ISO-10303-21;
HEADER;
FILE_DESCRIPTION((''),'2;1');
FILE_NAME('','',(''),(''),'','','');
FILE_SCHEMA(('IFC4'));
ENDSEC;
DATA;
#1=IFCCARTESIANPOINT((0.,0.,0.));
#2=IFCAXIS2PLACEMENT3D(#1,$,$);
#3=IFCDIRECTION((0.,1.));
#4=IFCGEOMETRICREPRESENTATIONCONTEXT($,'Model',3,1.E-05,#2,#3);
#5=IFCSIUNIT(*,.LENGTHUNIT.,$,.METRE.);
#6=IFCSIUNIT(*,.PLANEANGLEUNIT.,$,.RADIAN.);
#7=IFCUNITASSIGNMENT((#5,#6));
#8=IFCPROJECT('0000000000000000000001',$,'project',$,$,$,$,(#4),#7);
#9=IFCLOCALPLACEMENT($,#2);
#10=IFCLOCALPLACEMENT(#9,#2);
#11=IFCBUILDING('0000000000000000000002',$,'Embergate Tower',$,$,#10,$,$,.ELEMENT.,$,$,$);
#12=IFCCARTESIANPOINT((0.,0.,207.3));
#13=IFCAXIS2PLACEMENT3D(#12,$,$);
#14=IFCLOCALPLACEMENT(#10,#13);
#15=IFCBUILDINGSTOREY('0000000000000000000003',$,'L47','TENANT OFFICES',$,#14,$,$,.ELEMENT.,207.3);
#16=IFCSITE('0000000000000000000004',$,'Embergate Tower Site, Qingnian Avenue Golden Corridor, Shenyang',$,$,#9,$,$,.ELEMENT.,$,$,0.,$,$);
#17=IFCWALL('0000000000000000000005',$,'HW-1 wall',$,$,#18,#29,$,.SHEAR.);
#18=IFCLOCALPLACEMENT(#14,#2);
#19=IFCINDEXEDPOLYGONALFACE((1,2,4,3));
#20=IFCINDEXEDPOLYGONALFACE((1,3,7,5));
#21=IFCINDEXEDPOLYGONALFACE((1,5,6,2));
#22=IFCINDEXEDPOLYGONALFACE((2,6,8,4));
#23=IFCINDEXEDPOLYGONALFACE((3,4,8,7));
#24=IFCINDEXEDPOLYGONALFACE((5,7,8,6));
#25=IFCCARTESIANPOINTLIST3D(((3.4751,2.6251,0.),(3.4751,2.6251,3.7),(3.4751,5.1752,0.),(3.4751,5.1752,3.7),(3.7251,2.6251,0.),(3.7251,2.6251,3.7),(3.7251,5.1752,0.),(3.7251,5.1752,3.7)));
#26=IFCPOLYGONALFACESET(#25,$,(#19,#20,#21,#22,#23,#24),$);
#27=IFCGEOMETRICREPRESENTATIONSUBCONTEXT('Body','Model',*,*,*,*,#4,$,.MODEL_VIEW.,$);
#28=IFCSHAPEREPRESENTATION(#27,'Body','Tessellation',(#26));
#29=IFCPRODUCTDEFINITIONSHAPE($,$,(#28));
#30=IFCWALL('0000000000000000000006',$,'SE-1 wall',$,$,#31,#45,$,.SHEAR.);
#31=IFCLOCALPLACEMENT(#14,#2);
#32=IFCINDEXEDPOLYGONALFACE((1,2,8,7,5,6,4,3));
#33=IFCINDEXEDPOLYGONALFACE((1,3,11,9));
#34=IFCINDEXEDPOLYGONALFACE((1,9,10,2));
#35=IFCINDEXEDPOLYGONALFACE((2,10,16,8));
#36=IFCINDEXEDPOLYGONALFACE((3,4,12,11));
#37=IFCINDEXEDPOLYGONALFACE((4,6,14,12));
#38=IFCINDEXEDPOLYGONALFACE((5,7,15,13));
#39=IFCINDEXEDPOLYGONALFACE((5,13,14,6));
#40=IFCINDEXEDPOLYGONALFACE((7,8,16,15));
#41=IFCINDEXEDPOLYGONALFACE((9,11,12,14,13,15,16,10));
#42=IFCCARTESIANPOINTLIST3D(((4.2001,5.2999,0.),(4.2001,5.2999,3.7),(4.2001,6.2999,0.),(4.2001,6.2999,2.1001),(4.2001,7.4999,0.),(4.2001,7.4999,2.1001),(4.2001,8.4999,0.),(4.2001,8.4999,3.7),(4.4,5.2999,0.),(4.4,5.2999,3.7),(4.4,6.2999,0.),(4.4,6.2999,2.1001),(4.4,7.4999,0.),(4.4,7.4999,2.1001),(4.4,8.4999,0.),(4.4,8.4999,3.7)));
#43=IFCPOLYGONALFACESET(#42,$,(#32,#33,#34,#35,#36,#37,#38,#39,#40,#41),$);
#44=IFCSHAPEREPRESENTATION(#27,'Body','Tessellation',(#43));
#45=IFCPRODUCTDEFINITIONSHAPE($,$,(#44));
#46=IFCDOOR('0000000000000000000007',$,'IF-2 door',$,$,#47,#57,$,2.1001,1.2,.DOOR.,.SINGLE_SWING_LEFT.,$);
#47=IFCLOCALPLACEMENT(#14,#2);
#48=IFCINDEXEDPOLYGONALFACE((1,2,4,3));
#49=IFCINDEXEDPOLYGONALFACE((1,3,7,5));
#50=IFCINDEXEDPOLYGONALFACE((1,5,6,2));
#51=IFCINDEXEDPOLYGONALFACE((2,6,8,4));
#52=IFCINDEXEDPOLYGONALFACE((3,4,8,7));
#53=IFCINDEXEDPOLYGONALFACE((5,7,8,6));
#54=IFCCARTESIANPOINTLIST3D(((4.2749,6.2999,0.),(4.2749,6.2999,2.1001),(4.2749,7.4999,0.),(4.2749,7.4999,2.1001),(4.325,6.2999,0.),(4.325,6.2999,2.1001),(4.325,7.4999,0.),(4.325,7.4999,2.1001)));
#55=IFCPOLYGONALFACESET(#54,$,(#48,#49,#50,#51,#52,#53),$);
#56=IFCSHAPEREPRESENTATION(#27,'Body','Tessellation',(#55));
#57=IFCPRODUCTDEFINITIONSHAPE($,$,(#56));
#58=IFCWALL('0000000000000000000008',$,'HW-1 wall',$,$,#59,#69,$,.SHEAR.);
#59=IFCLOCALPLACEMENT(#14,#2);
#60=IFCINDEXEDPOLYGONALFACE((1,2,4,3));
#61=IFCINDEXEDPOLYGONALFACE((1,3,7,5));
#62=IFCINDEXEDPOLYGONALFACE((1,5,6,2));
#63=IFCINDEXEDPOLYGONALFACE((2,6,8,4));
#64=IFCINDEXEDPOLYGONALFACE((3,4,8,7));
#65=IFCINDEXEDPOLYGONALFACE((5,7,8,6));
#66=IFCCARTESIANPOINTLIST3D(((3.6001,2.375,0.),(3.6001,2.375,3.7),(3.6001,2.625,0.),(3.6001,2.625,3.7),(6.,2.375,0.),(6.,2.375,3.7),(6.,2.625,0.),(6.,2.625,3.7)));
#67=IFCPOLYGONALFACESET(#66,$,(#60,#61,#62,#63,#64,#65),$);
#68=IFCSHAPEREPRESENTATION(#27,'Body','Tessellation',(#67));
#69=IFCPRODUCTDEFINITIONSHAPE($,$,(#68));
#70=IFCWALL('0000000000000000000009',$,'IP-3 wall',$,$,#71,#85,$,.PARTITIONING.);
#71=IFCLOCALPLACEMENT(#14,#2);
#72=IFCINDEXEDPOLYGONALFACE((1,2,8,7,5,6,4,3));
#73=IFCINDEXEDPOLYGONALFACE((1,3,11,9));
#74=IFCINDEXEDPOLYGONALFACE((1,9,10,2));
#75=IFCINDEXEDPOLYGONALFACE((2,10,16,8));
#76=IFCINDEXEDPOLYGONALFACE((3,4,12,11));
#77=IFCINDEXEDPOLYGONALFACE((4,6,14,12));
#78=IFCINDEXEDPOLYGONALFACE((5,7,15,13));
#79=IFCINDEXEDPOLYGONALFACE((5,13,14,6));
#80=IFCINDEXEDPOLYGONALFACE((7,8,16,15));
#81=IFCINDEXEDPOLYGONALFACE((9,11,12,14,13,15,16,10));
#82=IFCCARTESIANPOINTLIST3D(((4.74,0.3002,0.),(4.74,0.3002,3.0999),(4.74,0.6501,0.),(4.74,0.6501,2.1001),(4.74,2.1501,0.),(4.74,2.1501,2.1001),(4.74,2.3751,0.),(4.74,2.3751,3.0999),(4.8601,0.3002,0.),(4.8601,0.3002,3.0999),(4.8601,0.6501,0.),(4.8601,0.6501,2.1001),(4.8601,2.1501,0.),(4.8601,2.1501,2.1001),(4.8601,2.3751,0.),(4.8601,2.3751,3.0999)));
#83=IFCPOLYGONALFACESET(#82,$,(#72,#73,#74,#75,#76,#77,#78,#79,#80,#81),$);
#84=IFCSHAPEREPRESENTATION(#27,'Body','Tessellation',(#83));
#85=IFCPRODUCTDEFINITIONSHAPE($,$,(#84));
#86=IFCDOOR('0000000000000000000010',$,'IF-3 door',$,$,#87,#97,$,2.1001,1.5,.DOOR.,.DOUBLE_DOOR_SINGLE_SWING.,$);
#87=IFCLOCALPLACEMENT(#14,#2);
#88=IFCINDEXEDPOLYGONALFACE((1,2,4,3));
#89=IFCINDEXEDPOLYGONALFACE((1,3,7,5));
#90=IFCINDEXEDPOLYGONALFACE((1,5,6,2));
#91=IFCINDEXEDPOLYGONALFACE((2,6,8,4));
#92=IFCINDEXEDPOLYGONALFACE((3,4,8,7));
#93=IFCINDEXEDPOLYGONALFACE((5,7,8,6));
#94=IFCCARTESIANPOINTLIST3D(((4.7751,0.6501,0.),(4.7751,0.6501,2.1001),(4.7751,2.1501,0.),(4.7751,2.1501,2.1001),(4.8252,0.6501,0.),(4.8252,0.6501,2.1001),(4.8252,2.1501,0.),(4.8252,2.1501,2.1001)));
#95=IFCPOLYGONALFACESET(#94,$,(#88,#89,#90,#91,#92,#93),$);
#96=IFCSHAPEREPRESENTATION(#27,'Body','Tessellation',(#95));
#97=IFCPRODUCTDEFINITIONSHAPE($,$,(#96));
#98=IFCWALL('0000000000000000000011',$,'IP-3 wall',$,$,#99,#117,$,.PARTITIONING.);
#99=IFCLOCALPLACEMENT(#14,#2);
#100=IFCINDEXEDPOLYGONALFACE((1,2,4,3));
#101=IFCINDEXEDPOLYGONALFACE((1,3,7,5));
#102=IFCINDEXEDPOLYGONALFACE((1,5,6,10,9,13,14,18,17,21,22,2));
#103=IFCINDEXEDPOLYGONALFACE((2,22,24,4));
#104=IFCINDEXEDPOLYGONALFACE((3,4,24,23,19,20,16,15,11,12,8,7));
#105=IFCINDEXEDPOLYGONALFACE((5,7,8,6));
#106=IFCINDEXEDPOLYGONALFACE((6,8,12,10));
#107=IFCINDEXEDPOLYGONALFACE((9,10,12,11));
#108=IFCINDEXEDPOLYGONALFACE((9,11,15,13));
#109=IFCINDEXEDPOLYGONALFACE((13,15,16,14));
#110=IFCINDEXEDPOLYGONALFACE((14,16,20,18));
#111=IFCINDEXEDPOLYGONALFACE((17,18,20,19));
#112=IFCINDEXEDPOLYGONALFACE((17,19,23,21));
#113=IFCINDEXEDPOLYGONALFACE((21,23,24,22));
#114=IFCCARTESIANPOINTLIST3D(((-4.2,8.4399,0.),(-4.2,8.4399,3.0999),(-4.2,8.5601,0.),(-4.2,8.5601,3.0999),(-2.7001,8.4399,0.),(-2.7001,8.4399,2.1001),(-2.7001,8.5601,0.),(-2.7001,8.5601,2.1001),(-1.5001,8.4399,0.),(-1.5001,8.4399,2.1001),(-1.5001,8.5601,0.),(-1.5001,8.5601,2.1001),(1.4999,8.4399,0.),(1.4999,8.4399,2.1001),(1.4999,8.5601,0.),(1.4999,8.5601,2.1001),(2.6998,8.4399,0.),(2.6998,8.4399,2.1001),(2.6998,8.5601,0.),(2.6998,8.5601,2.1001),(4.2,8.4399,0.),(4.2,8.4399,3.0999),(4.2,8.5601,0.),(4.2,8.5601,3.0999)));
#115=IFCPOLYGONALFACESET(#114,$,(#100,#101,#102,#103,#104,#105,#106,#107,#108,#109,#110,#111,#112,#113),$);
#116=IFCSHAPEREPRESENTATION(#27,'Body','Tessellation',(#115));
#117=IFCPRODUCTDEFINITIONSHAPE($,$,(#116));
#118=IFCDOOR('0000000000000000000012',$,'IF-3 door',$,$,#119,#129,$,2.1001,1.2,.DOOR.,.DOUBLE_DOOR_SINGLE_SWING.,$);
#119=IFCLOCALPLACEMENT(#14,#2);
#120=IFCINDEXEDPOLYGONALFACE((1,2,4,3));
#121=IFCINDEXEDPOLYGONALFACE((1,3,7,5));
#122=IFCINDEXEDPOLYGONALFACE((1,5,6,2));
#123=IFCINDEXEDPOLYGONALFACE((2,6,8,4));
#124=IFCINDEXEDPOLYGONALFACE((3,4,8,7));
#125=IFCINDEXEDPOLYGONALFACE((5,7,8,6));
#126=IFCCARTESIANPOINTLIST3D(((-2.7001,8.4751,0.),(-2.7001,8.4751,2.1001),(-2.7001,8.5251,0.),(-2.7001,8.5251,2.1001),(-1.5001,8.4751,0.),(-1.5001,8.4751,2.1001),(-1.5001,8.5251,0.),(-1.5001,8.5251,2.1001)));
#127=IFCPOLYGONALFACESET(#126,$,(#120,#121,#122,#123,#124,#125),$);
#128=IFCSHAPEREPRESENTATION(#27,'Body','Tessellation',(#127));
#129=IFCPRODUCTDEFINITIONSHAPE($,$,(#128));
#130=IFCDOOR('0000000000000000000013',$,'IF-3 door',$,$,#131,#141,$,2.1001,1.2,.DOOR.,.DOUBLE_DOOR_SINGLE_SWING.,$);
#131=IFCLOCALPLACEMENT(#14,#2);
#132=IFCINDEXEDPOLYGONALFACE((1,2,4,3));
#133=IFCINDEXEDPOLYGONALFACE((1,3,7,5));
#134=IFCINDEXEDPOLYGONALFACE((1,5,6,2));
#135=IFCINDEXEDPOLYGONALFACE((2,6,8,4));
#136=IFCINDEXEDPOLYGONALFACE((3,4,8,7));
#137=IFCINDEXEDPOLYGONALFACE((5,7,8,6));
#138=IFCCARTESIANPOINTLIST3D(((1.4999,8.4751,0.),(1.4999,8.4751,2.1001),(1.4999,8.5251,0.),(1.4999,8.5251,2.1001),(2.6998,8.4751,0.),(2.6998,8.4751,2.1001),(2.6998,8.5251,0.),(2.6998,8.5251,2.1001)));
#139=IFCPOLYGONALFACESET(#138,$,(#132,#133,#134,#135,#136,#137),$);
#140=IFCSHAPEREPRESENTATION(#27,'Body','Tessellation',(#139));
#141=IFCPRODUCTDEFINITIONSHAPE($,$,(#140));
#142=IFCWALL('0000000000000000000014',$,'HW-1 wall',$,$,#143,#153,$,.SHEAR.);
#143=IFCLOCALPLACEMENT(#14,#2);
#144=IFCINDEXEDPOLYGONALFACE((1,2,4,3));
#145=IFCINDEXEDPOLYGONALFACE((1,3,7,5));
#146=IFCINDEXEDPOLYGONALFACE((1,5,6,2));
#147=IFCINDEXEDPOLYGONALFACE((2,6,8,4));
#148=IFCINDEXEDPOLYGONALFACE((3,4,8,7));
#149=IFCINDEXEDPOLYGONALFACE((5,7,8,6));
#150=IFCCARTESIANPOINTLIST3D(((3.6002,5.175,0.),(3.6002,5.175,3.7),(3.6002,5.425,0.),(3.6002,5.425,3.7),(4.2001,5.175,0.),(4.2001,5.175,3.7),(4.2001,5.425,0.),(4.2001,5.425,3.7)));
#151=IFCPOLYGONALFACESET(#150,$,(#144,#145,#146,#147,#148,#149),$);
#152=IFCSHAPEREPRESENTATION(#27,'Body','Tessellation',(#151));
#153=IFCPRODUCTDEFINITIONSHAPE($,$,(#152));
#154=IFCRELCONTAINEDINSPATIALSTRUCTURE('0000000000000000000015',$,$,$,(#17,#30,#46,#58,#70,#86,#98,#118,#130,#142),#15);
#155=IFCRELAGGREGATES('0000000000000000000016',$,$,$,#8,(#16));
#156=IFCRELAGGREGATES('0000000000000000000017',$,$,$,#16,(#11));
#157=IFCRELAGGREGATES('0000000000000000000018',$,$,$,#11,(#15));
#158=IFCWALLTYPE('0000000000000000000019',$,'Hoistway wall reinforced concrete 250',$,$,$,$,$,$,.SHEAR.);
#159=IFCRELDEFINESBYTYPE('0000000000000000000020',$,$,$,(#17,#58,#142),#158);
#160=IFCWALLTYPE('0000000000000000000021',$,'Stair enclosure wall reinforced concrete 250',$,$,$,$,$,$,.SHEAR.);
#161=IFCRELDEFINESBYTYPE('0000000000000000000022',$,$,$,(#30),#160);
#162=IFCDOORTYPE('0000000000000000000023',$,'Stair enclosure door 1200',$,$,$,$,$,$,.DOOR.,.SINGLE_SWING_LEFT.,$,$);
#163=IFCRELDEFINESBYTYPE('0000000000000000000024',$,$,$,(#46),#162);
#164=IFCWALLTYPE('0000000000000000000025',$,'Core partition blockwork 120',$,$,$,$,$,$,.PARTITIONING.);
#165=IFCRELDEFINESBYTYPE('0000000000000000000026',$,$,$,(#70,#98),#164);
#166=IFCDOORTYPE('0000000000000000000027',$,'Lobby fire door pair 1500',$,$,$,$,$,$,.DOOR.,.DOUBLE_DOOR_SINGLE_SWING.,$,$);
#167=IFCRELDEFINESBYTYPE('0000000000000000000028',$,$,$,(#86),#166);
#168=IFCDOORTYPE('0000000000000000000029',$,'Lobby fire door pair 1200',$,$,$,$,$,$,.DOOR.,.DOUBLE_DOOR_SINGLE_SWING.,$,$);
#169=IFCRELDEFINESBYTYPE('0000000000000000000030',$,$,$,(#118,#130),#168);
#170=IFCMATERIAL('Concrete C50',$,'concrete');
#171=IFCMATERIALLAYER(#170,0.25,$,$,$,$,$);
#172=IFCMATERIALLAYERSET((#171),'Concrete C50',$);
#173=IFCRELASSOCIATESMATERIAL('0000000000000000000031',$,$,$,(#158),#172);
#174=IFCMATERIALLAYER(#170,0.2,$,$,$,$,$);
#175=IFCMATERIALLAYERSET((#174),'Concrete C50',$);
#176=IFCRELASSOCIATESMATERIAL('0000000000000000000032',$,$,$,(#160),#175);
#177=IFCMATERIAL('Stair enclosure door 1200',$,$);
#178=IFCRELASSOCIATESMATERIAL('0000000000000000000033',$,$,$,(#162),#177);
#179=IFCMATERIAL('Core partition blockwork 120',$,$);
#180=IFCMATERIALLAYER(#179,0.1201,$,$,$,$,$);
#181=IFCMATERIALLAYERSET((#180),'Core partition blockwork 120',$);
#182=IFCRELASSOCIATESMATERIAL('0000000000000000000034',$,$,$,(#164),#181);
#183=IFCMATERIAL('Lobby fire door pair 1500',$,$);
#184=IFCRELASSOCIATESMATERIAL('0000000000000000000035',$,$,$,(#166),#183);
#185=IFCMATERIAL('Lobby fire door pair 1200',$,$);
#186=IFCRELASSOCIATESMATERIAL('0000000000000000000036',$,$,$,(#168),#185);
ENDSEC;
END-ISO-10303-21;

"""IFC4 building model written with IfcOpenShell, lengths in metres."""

from ifc_helpers import new_model, si_unit, direction, frame, frame_2d, origin, place, context, subcontext, project, spatial, rectangle, extrude, source, transform, mapped, material, layer, layer_set, type_object, element, fill, save


model = new_model("IFC4")

# Units and contexts
model_context = context("Model", 3, precision=1e-05, world=origin(), true_north=direction((0.0, 1.0)))
body_context = subcontext(model_context, "Body", "Model", "MODEL_VIEW")
ifc_project = project(units=[si_unit("LENGTHUNIT", "METRE"), si_unit("PLANEANGLEUNIT", "RADIAN")], contexts=[model_context])

# Site, building, storey
site_placement = place(None, origin())
site = spatial("IfcSite", under=ifc_project, at=site_placement, Name="Embergate Tower Site, Qingnian Avenue Golden Corridor, Shenyang", CompositionType="ELEMENT", RefElevation=0.0)
building_placement = place(site_placement, origin())
building = spatial("IfcBuilding", under=site, at=building_placement, Name="Embergate Tower", CompositionType="ELEMENT")
storey_placement = place(building_placement, frame((0.0, 0.0, 207.3)))
storey = spatial("IfcBuildingStorey", under=building, at=storey_placement, Name="L47", Description="TENANT OFFICES", CompositionType="ELEMENT", Elevation=207.3)

# Wall
ifc_material_1 = material(Name="Concrete C50", Category="concrete")
ifc_layer_1 = layer(ifc_material_1, 0.25)
ifc_layer_set_1 = layer_set([ifc_layer_1], Name="Concrete C50")
wall_type_1 = type_object("IfcWallType", Name="Hoistway wall reinforced concrete 250", PredefinedType="SHEAR", material=ifc_layer_set_1)
shared_shape_1 = source(origin(), body_context, "Body", "SweptSolid", [
    extrude(rectangle(XDim=2.55, YDim=0.25, at=frame_2d((1.2749, 0.0))), origin(), (0.0, 0.0, 1.0), 3.7),
])
wall_1_placement = place(storey_placement, frame((3.6001, 5.175, 0.0), z_axis=(0.0, 0.0, 1.0), x_axis=(0.0, -1.0, 0.0)))
element("IfcWall", 1, at=wall_1_placement, inside=storey, type_object=wall_type_1, Name="HW-1 wall", PredefinedType="SHEAR", context=body_context, shape_type="MappedRepresentation", body=[
    mapped(shared_shape_1, transform((0.0, 0.0, 0.0))),
])

# Wall, opening, door
ifc_layer_2 = layer(ifc_material_1, 0.2)
ifc_layer_set_2 = layer_set([ifc_layer_2], Name="Concrete C50")
wall_type_2 = type_object("IfcWallType", Name="Stair enclosure wall reinforced concrete 250", PredefinedType="SHEAR", material=ifc_layer_set_2)
shared_shape_2 = source(origin(), body_context, "Body", "SweptSolid", [
    extrude(rectangle(XDim=3.2, YDim=0.2, at=frame_2d((1.6001, 0.0))), origin(), (0.0, 0.0, 1.0), 3.7),
])
wall_2_placement = place(storey_placement, frame((4.3, 8.5, 0.0), z_axis=(0.0, 0.0, 1.0), x_axis=(0.0, -1.0, 0.0)))
wall_2 = element("IfcWall", 2, at=wall_2_placement, inside=storey, type_object=wall_type_2, Name="SE-1 wall", PredefinedType="SHEAR", context=body_context, shape_type="MappedRepresentation", body=[
    mapped(shared_shape_2, transform((0.0, 0.0, 0.0))),
])
shared_shape_3 = source(origin(), body_context, "Body", "SweptSolid", [
    extrude(rectangle(XDim=1.2, YDim=2.1001, at=frame_2d((0.6001, 1.05))), frame((0.0, 0.1099, 0.0), z_axis=(0.0, -1.0, 0.0), x_axis=(1.0, 0.0, 0.0)), (0.0, 0.0, 1.0), 0.22),
])
opening_1_placement = place(wall_2_placement, frame((1.0, 0.0, 0.0)))
opening_1 = element("IfcOpeningElement", 3, at=opening_1_placement, cuts=wall_2, PredefinedType="OPENING", context=body_context, shape_type="MappedRepresentation", body=[
    mapped(shared_shape_3, transform((0.0, 0.0, 0.0))),
])
ifc_material_2 = material(Name="Stair enclosure door 1200")
door_type_1 = type_object("IfcDoorType", Name="Stair enclosure door 1200", OperationType="SINGLE_SWING_LEFT", PredefinedType="DOOR", material=ifc_material_2)
shared_shape_4 = source(origin(), body_context, "Body", "SweptSolid", [
    extrude(rectangle(XDim=1.2, YDim=2.1001, at=frame_2d((0.6001, 1.05))), frame((0.0, 0.0249, 0.0), z_axis=(0.0, -1.0, 0.0), x_axis=(1.0, 0.0, 0.0)), (0.0, 0.0, 1.0), 0.05),
])
door_1_placement = place(opening_1_placement, origin())
door_1 = element("IfcDoor", 4, at=door_1_placement, inside=storey, type_object=door_type_1, Name="IF-2 door", OperationType="SINGLE_SWING_LEFT", OverallHeight=2.1001, OverallWidth=1.2, PredefinedType="DOOR", context=body_context, shape_type="MappedRepresentation", body=[
    mapped(shared_shape_4, transform((0.0, 0.0, 0.0))),
])
fill(opening_1, door_1)

# Wall
shared_shape_5 = source(origin(), body_context, "Body", "SweptSolid", [
    extrude(rectangle(XDim=2.3999, YDim=0.25, at=frame_2d((1.2, 0.0))), origin(), (0.0, 0.0, 1.0), 3.7),
])
wall_3_placement = place(storey_placement, frame((3.6001, 2.5, 0.0), z_axis=(0.0, 0.0, 1.0), x_axis=(1.0, 0.0, 0.0)))
element("IfcWall", 5, at=wall_3_placement, inside=storey, type_object=wall_type_1, Name="HW-1 wall", PredefinedType="SHEAR", context=body_context, shape_type="MappedRepresentation", body=[
    mapped(shared_shape_5, transform((0.0, 0.0, 0.0))),
])

# Wall, opening, door
ifc_material_3 = material(Name="Core partition blockwork 120")
ifc_layer_3 = layer(ifc_material_3, 0.1201)
ifc_layer_set_3 = layer_set([ifc_layer_3], Name="Core partition blockwork 120")
wall_type_3 = type_object("IfcWallType", Name="Core partition blockwork 120", PredefinedType="PARTITIONING", material=ifc_layer_set_3)
shared_shape_6 = source(origin(), body_context, "Body", "SweptSolid", [
    extrude(rectangle(XDim=2.075, YDim=0.1201, at=frame_2d((1.0376, 0.0))), origin(), (0.0, 0.0, 1.0), 3.0999),
])
wall_4_placement = place(storey_placement, frame((4.8, 0.3, 0.0), z_axis=(0.0, 0.0, 1.0), x_axis=(0.0, 1.0, 0.0)))
wall_4 = element("IfcWall", 6, at=wall_4_placement, inside=storey, type_object=wall_type_3, Name="IP-3 wall", PredefinedType="PARTITIONING", context=body_context, shape_type="MappedRepresentation", body=[
    mapped(shared_shape_6, transform((0.0, 0.0, 0.0))),
])
shared_shape_7 = source(origin(), body_context, "Body", "SweptSolid", [
    extrude(rectangle(XDim=1.5, YDim=2.1001, at=frame_2d((0.75, 1.05))), frame((0.0, 0.0701, 0.0), z_axis=(0.0, -1.0, 0.0), x_axis=(1.0, 0.0, 0.0)), (0.0, 0.0, 1.0), 0.1401),
])
opening_2_placement = place(wall_4_placement, frame((0.3501, 0.0, 0.0)))
opening_2 = element("IfcOpeningElement", 7, at=opening_2_placement, cuts=wall_4, PredefinedType="OPENING", context=body_context, shape_type="MappedRepresentation", body=[
    mapped(shared_shape_7, transform((0.0, 0.0, 0.0))),
])
ifc_material_4 = material(Name="Lobby fire door pair 1500")
door_type_2 = type_object("IfcDoorType", Name="Lobby fire door pair 1500", OperationType="DOUBLE_DOOR_SINGLE_SWING", PredefinedType="DOOR", material=ifc_material_4)
shared_shape_8 = source(origin(), body_context, "Body", "SweptSolid", [
    extrude(rectangle(XDim=1.5, YDim=2.1001, at=frame_2d((0.75, 1.05))), frame((0.0, 0.0249, 0.0), z_axis=(0.0, -1.0, 0.0), x_axis=(1.0, 0.0, 0.0)), (0.0, 0.0, 1.0), 0.05),
])
door_2_placement = place(opening_2_placement, origin())
door_2 = element("IfcDoor", 8, at=door_2_placement, inside=storey, type_object=door_type_2, Name="IF-3 door", OperationType="DOUBLE_DOOR_SINGLE_SWING", OverallHeight=2.1001, OverallWidth=1.5, PredefinedType="DOOR", context=body_context, shape_type="MappedRepresentation", body=[
    mapped(shared_shape_8, transform((0.0, 0.0, 0.0))),
])
fill(opening_2, door_2)

# Wall, openings, doors
shared_shape_9 = source(origin(), body_context, "Body", "SweptSolid", [
    extrude(rectangle(XDim=8.3999, YDim=0.1201, at=frame_2d((4.2, 0.0))), origin(), (0.0, 0.0, 1.0), 3.0999),
])
wall_5_placement = place(storey_placement, frame((4.2, 8.5, 0.0), z_axis=(0.0, 0.0, 1.0), x_axis=(-1.0, 0.0, 0.0)))
wall_5 = element("IfcWall", 9, at=wall_5_placement, inside=storey, type_object=wall_type_3, Name="IP-3 wall", PredefinedType="PARTITIONING", context=body_context, shape_type="MappedRepresentation", body=[
    mapped(shared_shape_9, transform((0.0, 0.0, 0.0))),
])
shared_shape_10 = source(origin(), body_context, "Body", "SweptSolid", [
    extrude(rectangle(XDim=1.2, YDim=2.1001, at=frame_2d((0.6001, 1.05))), frame((0.0, 0.0701, 0.0), z_axis=(0.0, -1.0, 0.0), x_axis=(1.0, 0.0, 0.0)), (0.0, 0.0, 1.0), 0.1401),
])
opening_3_placement = place(wall_5_placement, frame((5.7, 0.0, 0.0)))
opening_3 = element("IfcOpeningElement", 10, at=opening_3_placement, cuts=wall_5, PredefinedType="OPENING", context=body_context, shape_type="MappedRepresentation", body=[
    mapped(shared_shape_10, transform((0.0, 0.0, 0.0))),
])
opening_4_placement = place(wall_5_placement, frame((1.5, 0.0, 0.0)))
opening_4 = element("IfcOpeningElement", 11, at=opening_4_placement, cuts=wall_5, PredefinedType="OPENING", context=body_context, shape_type="MappedRepresentation", body=[
    mapped(shared_shape_10, transform((0.0, 0.0, 0.0))),
])
ifc_material_5 = material(Name="Lobby fire door pair 1200")
door_type_3 = type_object("IfcDoorType", Name="Lobby fire door pair 1200", OperationType="DOUBLE_DOOR_SINGLE_SWING", PredefinedType="DOOR", material=ifc_material_5)
door_3_placement = place(opening_3_placement, origin())
door_3 = element("IfcDoor", 12, at=door_3_placement, inside=storey, type_object=door_type_3, Name="IF-3 door", OperationType="DOUBLE_DOOR_SINGLE_SWING", OverallHeight=2.1001, OverallWidth=1.2, PredefinedType="DOOR", context=body_context, shape_type="MappedRepresentation", body=[
    mapped(shared_shape_4, transform((0.0, 0.0, 0.0))),
])
fill(opening_3, door_3)
door_4_placement = place(opening_4_placement, origin())
door_4 = element("IfcDoor", 13, at=door_4_placement, inside=storey, type_object=door_type_3, Name="IF-3 door", OperationType="DOUBLE_DOOR_SINGLE_SWING", OverallHeight=2.1001, OverallWidth=1.2, PredefinedType="DOOR", context=body_context, shape_type="MappedRepresentation", body=[
    mapped(shared_shape_4, transform((0.0, 0.0, 0.0))),
])
fill(opening_4, door_4)

# Wall
shared_shape_11 = source(origin(), body_context, "Body", "SweptSolid", [
    extrude(rectangle(XDim=0.5999, YDim=0.25, at=frame_2d((0.2998, 0.0))), origin(), (0.0, 0.0, 1.0), 3.7),
])
wall_6_placement = place(storey_placement, frame((4.2, 5.3, 0.0), z_axis=(0.0, 0.0, 1.0), x_axis=(-1.0, 0.0, 0.0)))
element("IfcWall", 14, at=wall_6_placement, inside=storey, type_object=wall_type_1, Name="HW-1 wall", PredefinedType="SHEAR", context=body_context, shape_type="MappedRepresentation", body=[
    mapped(shared_shape_11, transform((0.0, 0.0, 0.0))),
])

save(model, "model.ifc")
